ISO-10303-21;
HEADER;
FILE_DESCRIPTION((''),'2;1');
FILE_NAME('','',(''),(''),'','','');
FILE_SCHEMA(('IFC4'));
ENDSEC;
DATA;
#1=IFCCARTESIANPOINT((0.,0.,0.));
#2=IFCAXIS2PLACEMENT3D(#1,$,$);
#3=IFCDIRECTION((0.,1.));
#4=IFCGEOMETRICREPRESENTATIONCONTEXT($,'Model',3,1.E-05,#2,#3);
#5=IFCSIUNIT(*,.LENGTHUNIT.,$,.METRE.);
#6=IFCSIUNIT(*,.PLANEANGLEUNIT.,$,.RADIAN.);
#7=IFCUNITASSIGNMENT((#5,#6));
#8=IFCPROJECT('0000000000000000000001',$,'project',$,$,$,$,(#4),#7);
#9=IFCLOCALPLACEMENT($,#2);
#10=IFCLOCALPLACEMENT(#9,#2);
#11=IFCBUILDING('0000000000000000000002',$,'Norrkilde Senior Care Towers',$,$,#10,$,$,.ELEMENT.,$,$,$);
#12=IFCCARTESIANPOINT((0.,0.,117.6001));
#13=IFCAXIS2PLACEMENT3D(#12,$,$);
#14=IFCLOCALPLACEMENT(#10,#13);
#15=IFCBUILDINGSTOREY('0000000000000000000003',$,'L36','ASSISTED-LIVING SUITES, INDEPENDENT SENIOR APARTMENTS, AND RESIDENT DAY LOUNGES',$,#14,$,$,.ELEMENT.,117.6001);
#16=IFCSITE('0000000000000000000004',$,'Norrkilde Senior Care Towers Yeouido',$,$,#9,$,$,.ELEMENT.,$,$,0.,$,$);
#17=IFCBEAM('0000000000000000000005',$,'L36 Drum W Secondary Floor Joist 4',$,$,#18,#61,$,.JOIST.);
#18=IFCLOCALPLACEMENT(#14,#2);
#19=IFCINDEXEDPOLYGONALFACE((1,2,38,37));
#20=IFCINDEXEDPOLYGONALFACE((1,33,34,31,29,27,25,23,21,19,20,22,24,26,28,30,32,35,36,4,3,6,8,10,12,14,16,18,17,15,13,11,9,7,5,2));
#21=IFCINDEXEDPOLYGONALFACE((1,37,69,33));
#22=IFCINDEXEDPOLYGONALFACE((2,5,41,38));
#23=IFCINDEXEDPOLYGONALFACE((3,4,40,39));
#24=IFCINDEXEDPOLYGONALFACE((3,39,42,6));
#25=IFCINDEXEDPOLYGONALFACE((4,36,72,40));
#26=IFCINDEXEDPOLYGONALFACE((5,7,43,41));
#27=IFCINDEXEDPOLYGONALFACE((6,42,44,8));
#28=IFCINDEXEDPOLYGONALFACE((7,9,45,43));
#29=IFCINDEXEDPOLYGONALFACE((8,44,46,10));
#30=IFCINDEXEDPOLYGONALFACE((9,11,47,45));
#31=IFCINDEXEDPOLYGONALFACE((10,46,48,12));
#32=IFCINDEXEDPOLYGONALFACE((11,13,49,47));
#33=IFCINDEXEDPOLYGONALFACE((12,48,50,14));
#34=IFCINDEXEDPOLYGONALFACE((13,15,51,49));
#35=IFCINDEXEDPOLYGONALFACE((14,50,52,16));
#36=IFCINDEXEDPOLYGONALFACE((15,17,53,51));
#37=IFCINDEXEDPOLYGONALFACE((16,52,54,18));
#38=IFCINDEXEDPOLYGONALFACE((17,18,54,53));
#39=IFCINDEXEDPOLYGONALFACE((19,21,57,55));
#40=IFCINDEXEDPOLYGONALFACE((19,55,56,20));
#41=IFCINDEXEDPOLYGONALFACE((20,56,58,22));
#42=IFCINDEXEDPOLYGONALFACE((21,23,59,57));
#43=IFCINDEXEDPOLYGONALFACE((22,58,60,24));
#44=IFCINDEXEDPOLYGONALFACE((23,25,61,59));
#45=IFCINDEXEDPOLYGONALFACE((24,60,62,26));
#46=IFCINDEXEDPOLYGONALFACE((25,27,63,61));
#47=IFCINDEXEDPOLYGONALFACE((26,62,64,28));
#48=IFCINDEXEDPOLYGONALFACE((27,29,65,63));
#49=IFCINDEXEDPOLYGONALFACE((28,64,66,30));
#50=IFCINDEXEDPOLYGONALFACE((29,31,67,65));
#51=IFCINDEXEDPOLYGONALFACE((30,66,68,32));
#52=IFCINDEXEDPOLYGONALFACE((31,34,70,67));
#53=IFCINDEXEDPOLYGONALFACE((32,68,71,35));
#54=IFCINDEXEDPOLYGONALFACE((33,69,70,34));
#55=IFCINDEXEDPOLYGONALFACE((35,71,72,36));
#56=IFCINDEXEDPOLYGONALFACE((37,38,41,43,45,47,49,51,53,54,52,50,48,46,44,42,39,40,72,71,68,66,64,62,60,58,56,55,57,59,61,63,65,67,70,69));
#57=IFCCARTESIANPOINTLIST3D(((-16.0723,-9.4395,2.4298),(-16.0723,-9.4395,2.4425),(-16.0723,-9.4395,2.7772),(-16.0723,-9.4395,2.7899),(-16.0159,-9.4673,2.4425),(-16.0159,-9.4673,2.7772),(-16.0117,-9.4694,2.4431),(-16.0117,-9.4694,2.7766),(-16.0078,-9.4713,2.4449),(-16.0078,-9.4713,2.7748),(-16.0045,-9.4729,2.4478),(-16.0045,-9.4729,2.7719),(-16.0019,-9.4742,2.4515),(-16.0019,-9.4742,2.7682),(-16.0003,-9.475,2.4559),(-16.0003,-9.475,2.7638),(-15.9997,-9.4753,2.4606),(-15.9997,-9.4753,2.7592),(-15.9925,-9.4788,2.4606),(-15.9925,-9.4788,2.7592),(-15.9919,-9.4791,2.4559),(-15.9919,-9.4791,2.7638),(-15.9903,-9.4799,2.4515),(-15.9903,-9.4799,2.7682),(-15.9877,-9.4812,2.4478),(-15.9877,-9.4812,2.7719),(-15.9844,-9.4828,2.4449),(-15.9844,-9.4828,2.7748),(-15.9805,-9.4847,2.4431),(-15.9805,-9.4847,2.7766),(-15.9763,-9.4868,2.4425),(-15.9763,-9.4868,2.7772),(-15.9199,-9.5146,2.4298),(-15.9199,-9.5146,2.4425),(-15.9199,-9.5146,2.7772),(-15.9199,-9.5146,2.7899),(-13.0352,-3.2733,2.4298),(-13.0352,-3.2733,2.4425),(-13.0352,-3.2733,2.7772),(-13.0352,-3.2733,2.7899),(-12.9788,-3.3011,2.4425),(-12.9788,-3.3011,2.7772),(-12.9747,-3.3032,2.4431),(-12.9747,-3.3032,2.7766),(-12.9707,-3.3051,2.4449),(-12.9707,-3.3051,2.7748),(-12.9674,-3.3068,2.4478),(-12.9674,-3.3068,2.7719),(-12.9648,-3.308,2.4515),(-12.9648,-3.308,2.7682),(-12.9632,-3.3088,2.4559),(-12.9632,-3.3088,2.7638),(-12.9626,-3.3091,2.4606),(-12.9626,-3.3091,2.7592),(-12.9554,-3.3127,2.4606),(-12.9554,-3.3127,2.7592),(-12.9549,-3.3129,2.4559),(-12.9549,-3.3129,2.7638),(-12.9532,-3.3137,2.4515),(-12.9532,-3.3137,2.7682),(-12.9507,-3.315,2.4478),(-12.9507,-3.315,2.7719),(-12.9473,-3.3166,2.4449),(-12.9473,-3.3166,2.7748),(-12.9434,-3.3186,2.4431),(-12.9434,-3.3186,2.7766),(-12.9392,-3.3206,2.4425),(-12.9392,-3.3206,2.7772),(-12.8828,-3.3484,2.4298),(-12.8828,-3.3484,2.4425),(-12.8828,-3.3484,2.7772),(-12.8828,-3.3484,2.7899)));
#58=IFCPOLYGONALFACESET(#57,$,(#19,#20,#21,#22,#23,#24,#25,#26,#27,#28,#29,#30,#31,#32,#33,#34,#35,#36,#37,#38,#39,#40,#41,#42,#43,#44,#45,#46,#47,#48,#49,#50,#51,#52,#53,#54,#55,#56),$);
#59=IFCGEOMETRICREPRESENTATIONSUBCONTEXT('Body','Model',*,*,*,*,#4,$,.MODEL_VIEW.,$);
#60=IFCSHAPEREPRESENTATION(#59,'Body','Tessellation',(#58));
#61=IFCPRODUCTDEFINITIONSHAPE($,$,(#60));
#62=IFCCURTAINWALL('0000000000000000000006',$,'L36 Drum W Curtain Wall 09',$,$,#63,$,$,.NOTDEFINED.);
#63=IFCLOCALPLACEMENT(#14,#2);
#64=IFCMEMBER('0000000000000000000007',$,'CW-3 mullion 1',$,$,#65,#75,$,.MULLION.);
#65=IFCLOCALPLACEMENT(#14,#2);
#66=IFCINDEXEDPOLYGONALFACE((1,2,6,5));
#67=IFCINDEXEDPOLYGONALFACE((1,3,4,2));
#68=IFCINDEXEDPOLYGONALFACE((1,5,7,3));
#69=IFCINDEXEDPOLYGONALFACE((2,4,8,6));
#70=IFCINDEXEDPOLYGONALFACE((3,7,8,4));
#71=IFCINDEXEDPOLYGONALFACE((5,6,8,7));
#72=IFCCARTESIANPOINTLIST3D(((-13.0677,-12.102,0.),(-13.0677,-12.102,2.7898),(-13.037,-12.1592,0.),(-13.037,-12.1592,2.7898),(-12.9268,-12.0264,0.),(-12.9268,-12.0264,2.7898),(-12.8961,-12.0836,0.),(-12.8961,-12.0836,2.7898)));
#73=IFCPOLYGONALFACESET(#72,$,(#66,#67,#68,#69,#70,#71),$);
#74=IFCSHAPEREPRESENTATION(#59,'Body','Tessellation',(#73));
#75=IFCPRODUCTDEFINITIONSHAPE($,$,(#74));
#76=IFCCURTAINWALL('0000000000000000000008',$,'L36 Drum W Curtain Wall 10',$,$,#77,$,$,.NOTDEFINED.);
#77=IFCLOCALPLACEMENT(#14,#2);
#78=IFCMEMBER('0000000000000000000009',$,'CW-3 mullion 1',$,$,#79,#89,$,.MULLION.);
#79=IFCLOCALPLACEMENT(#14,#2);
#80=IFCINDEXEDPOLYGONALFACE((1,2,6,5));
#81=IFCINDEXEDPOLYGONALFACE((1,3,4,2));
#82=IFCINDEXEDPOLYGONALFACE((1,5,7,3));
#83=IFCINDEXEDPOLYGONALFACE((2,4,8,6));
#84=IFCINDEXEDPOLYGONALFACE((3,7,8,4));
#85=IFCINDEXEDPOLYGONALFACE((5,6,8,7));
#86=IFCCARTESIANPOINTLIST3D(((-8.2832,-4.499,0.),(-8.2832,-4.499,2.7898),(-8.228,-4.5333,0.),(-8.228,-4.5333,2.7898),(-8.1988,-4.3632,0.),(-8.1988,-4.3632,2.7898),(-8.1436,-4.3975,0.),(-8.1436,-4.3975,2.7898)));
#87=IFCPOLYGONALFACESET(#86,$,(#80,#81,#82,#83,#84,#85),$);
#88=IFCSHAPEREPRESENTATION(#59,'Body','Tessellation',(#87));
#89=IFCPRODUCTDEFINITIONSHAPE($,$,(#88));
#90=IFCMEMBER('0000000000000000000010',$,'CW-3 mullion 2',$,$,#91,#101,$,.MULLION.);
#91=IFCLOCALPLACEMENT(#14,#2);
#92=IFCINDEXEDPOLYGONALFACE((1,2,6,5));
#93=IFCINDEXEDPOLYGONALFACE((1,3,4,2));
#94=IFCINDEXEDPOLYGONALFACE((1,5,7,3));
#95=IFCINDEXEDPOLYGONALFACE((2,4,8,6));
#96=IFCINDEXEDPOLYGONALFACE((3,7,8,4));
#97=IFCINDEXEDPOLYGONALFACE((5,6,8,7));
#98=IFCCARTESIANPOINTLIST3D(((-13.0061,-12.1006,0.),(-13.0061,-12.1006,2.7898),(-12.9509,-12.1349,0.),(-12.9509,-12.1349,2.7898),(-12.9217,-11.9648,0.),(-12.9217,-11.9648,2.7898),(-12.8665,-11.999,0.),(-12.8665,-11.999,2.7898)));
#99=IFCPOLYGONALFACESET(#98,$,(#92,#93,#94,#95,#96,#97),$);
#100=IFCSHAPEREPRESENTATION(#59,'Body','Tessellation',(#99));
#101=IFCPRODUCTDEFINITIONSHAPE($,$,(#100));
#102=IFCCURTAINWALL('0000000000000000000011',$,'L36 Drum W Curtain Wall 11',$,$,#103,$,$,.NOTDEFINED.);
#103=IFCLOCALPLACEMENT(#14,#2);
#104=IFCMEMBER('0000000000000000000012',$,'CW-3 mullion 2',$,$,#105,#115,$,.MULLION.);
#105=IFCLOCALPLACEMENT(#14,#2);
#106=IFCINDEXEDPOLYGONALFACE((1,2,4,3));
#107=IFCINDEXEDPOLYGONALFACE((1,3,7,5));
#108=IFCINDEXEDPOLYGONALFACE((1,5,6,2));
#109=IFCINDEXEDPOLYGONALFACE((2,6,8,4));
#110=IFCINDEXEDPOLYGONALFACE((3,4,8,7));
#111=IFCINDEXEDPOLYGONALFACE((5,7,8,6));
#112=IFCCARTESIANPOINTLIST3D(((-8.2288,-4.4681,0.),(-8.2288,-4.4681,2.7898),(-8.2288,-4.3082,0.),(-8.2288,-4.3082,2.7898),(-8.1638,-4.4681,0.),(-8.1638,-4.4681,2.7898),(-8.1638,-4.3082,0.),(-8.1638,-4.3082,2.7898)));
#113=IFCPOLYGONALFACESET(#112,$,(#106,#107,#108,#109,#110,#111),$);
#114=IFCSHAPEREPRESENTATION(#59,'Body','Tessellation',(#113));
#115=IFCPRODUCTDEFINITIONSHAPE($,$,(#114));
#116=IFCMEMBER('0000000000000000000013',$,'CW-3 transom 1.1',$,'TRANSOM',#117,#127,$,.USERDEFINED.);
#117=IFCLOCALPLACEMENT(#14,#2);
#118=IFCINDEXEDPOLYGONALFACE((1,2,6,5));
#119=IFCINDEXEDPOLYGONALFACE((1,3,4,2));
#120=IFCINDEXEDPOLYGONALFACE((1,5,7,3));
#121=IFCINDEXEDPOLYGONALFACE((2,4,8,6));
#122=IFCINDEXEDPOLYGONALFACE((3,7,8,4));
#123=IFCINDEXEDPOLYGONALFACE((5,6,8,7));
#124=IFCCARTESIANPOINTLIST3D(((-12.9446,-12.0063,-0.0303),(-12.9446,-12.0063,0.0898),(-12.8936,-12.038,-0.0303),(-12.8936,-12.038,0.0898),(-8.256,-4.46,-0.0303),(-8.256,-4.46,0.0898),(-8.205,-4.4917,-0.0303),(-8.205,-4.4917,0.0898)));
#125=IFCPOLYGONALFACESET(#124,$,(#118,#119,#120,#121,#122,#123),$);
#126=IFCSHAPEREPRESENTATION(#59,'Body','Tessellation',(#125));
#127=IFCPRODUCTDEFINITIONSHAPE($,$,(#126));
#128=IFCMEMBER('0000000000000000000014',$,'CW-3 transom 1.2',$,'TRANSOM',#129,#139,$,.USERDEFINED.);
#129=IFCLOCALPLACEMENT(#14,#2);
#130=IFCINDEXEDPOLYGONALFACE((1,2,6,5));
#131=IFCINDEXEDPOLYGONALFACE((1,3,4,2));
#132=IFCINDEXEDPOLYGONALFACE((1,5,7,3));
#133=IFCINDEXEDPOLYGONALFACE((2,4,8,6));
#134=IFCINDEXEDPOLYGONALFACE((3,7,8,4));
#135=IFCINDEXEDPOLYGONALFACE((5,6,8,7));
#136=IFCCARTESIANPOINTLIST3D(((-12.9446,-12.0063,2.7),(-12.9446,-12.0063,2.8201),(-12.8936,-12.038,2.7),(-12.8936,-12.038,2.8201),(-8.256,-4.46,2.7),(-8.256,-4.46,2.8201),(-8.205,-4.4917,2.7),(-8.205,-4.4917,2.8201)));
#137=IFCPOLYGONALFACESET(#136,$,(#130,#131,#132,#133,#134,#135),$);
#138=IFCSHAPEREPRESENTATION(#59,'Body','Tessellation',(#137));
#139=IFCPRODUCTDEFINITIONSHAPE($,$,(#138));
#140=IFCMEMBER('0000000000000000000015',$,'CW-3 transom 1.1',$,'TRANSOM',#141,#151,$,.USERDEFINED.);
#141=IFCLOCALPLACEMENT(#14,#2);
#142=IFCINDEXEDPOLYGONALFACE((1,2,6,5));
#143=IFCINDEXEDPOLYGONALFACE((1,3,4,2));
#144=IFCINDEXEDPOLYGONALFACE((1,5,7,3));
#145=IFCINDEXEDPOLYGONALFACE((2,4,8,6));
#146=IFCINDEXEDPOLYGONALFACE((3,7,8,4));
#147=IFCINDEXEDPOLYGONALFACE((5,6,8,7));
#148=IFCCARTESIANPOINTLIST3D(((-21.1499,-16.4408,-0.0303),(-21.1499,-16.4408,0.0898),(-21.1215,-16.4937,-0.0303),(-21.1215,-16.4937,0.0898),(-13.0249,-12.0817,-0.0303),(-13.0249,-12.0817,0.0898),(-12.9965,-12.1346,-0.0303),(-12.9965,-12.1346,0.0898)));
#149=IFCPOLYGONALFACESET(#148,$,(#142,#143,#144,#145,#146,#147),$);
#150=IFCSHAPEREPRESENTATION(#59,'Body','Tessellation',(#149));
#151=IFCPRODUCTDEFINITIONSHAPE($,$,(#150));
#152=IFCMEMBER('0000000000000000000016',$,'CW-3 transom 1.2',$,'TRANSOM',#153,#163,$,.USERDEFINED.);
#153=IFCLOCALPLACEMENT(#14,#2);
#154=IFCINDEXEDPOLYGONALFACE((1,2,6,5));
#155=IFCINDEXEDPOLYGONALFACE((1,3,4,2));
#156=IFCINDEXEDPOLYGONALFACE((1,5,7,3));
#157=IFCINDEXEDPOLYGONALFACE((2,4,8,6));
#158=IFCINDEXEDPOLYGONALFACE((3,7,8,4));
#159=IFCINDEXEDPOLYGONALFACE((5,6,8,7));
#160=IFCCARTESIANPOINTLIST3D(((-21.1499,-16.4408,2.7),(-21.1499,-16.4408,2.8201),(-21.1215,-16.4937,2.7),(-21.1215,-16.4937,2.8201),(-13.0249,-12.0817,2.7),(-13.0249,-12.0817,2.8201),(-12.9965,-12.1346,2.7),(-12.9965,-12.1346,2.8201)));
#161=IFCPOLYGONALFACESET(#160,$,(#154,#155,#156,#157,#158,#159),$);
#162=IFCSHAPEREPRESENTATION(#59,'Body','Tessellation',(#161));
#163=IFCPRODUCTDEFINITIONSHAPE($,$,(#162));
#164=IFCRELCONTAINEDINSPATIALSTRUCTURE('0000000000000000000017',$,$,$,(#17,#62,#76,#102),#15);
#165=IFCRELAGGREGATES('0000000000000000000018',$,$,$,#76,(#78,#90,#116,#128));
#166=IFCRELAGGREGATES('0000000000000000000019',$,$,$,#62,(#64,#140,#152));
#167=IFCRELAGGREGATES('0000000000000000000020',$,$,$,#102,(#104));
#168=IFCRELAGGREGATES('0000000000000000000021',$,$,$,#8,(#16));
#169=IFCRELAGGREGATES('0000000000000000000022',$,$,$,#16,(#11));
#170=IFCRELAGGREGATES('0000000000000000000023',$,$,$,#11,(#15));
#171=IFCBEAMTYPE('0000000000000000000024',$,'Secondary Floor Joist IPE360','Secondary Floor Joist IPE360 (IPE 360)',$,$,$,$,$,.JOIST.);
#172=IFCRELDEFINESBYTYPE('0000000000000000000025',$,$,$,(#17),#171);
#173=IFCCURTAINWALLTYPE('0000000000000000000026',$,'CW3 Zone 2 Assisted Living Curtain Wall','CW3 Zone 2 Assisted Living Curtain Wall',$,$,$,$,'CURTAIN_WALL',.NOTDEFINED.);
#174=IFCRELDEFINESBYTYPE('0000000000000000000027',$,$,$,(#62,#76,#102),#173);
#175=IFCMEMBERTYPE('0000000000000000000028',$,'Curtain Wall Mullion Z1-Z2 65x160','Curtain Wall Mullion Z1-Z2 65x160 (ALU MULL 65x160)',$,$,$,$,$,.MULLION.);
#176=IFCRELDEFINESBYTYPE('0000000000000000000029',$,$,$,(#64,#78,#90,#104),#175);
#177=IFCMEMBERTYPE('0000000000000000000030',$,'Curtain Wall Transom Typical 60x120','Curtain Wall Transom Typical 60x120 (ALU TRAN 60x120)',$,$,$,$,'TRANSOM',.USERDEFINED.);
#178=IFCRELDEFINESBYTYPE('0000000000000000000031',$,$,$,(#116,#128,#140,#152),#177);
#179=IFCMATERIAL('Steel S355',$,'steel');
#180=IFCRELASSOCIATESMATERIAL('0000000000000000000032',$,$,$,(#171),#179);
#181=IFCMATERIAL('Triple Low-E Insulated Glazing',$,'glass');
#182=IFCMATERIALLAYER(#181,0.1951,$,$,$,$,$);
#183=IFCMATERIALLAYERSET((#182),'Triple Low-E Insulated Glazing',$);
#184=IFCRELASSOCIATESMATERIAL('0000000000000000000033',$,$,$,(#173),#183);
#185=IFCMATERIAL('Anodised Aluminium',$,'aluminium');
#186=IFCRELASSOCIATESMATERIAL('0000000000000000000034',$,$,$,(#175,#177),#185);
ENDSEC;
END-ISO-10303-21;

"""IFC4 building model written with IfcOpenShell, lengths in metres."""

from ifc_helpers import new_model, si_unit, direction, frame, origin, origin_2d, place, context, subcontext, project, spatial, rectangle, i_section, extrude, source, transform, mapped, material, layer, layer_set, material_profile, profile_set, type_object, type_shapes, element, aggregate, save


model = new_model("IFC4")

# Units and contexts
model_context = context("Model", 3, precision=1e-05, world=origin(), true_north=direction((0.0, 1.0)))
body_context = subcontext(model_context, "Body", "Model", "MODEL_VIEW")
ifc_project = project(units=[si_unit("LENGTHUNIT", "METRE"), si_unit("PLANEANGLEUNIT", "RADIAN")], contexts=[model_context])

# Site, building, storey
site_placement = place(None, origin())
site = spatial("IfcSite", under=ifc_project, at=site_placement, Name="Norrkilde Senior Care Towers Yeouido", CompositionType="ELEMENT", RefElevation=0.0)
building_placement = place(site_placement, origin())
building = spatial("IfcBuilding", under=site, at=building_placement, Name="Norrkilde Senior Care Towers", CompositionType="ELEMENT")
storey_placement = place(building_placement, frame((0.0, 0.0, 117.6001)))
storey = spatial("IfcBuildingStorey", under=building, at=storey_placement, Name="L36", Description="ASSISTED-LIVING SUITES, INDEPENDENT SENIOR APARTMENTS, AND RESIDENT DAY LOUNGES", CompositionType="ELEMENT", Elevation=117.6001)

# Beam
ifc_material_1 = material(Name="Steel S355", Category="steel")
ifc_material_profile_1 = material_profile(ifc_material_1, i_section(OverallWidth=0.1699, OverallDepth=0.3601, WebThickness=0.0081, FlangeThickness=0.0127, FilletRadius=0.0181, at=origin_2d()), Name="IPE 360")
ifc_profile_set_1 = profile_set([ifc_material_profile_1], Name="Steel S355")
beam_type_1 = type_object("IfcBeamType", Name="Secondary Floor Joist IPE360", Description="Secondary Floor Joist IPE360 (IPE 360)", PredefinedType="JOIST", material=ifc_profile_set_1)
shared_shape_1 = source(origin(), body_context, "Body", "SweptSolid", [
    extrude(i_section(OverallWidth=0.1699, OverallDepth=0.3601, WebThickness=0.0081, FlangeThickness=0.0127, FilletRadius=0.0181, at=origin_2d()), origin(), (0.0, 0.0, 1.0), 6.8735),
])
type_shapes(beam_type_1, [shared_shape_1])
beam_1_placement = place(storey_placement, frame((-15.9961, -9.4771, 2.6099), z_axis=(0.441849, 0.897089, 0.0), x_axis=(-0.897089, 0.441849, 0.0)))
element("IfcBeam", 1, at=beam_1_placement, inside=storey, type_object=beam_type_1, Name="L36 Drum W Secondary Floor Joist 4", PredefinedType="JOIST", context=body_context, shape_type="MappedRepresentation", body=[
    mapped(shared_shape_1, transform((0.0, 0.0, 0.0), x_axis=(1.0, 0.0, 0.0), y_axis=(0.0, 1.0, 0.0), z_axis=(0.0, 0.0, 1.0), scale=1.0)),
])

# Curtain wall, member
ifc_material_2 = material(Name="Triple Low-E Insulated Glazing", Category="glass")
ifc_layer_1 = layer(ifc_material_2, 0.1951)
ifc_layer_set_1 = layer_set([ifc_layer_1], Name="Triple Low-E Insulated Glazing")
curtain_wall_type = type_object("IfcCurtainWallType", Name="CW3 Zone 2 Assisted Living Curtain Wall", Description="CW3 Zone 2 Assisted Living Curtain Wall", ElementType="CURTAIN_WALL", PredefinedType="NOTDEFINED", material=ifc_layer_set_1)
curtain_wall_1_placement = place(storey_placement, origin())
curtain_wall_1 = element("IfcCurtainWall", 2, at=curtain_wall_1_placement, inside=storey, type_object=curtain_wall_type, Name="L36 Drum W Curtain Wall 09", PredefinedType="NOTDEFINED")
ifc_material_3 = material(Name="Anodised Aluminium", Category="aluminium")
ifc_material_profile_2 = material_profile(ifc_material_3, rectangle(XDim=0.0649, YDim=0.1599, at=origin_2d()), Name="ALU MULL 65x160")
ifc_profile_set_2 = profile_set([ifc_material_profile_2], Name="Anodised Aluminium")
member_type_1 = type_object("IfcMemberType", Name="Curtain Wall Mullion Z1-Z2 65x160", Description="Curtain Wall Mullion Z1-Z2 65x160 (ALU MULL 65x160)", PredefinedType="MULLION", material=ifc_profile_set_2)
shared_shape_2 = source(origin(), body_context, "Body", "SweptSolid", [
    extrude(rectangle(XDim=0.0649, YDim=0.1599, at=origin_2d()), origin(), (0.0, 0.0, 1.0), 2.7898),
])
type_shapes(member_type_1, [shared_shape_2])
member_1_placement = place(storey_placement, frame((-12.9819, -12.0928, 0.0), z_axis=(0.0, 0.0, 1.0), x_axis=(0.472769, -0.881186, 0.0)))
member_1 = element("IfcMember", 3, at=member_1_placement, type_object=member_type_1, Name="CW-3 mullion 1", PredefinedType="MULLION", context=body_context, shape_type="MappedRepresentation", body=[
    mapped(shared_shape_2, transform((0.0, 0.0, 0.0), x_axis=(1.0, 0.0, 0.0), y_axis=(0.0, 1.0, 0.0), z_axis=(0.0, 0.0, 1.0), scale=1.0)),
])

# Curtain wall, members
curtain_wall_2_placement = place(storey_placement, origin())
curtain_wall_2 = element("IfcCurtainWall", 4, at=curtain_wall_2_placement, inside=storey, type_object=curtain_wall_type, Name="L36 Drum W Curtain Wall 10", PredefinedType="NOTDEFINED")
member_2_placement = place(storey_placement, frame((-8.2134, -4.4482, 0.0), z_axis=(0.0, 0.0, 1.0), x_axis=(0.84941, -0.527733, 0.0)))
member_2 = element("IfcMember", 5, at=member_2_placement, type_object=member_type_1, Name="CW-3 mullion 1", PredefinedType="MULLION", context=body_context, shape_type="MappedRepresentation", body=[
    mapped(shared_shape_2, transform((0.0, 0.0, 0.0), x_axis=(1.0, 0.0, 0.0), y_axis=(0.0, 1.0, 0.0), z_axis=(0.0, 0.0, 1.0), scale=1.0)),
])
member_3_placement = place(storey_placement, frame((-12.9363, -12.0498, 0.0), z_axis=(0.0, 0.0, 1.0), x_axis=(0.84941, -0.527733, 0.0)))
member_3 = element("IfcMember", 6, at=member_3_placement, type_object=member_type_1, Name="CW-3 mullion 2", PredefinedType="MULLION", context=body_context, shape_type="MappedRepresentation", body=[
    mapped(shared_shape_2, transform((0.0, 0.0, 0.0), x_axis=(1.0, 0.0, 0.0), y_axis=(0.0, 1.0, 0.0), z_axis=(0.0, 0.0, 1.0), scale=1.0)),
])

# Curtain wall, member
curtain_wall_3_placement = place(storey_placement, origin())
curtain_wall_3 = element("IfcCurtainWall", 7, at=curtain_wall_3_placement, inside=storey, type_object=curtain_wall_type, Name="L36 Drum W Curtain Wall 11", PredefinedType="NOTDEFINED")
member_4_placement = place(storey_placement, frame((-8.1963, -4.3882, 0.0), z_axis=(0.0, 0.0, 1.0), x_axis=(1.0, 0.0, 0.0)))
member_4 = element("IfcMember", 8, at=member_4_placement, type_object=member_type_1, Name="CW-3 mullion 2", PredefinedType="MULLION", context=body_context, shape_type="MappedRepresentation", body=[
    mapped(shared_shape_2, transform((0.0, 0.0, 0.0), x_axis=(1.0, 0.0, 0.0), y_axis=(0.0, 1.0, 0.0), z_axis=(0.0, 0.0, 1.0), scale=1.0)),
])

# Members
ifc_material_profile_3 = material_profile(ifc_material_3, rectangle(XDim=0.0601, YDim=0.1201, at=origin_2d()), Name="ALU TRAN 60x120")
ifc_profile_set_3 = profile_set([ifc_material_profile_3], Name="Anodised Aluminium")
member_type_2 = type_object("IfcMemberType", Name="Curtain Wall Transom Typical 60x120", Description="Curtain Wall Transom Typical 60x120 (ALU TRAN 60x120)", ElementType="TRANSOM", PredefinedType="USERDEFINED", material=ifc_profile_set_3)
shared_shape_3 = source(origin(), body_context, "Body", "SweptSolid", [
    extrude(rectangle(XDim=0.0601, YDim=0.1201, at=origin_2d()), origin(), (0.0, 0.0, 1.0), 8.8843),
])
member_5_placement = place(storey_placement, frame((-8.2305, -4.4758, 0.0298), z_axis=(-0.527749, -0.8494, 0.0), x_axis=(0.8494, -0.527749, 0.0)))
member_5 = element("IfcMember", 9, at=member_5_placement, type_object=member_type_2, Name="CW-3 transom 1.1", ObjectType="TRANSOM", PredefinedType="USERDEFINED", context=body_context, shape_type="MappedRepresentation", body=[
    mapped(shared_shape_3, transform((0.0, 0.0, 0.0), x_axis=(1.0, 0.0, 0.0), y_axis=(0.0, 1.0, 0.0), z_axis=(0.0, 0.0, 1.0), scale=1.0)),
])
member_6_placement = place(storey_placement, frame((-8.2305, -4.4758, 2.76), z_axis=(-0.527749, -0.8494, 0.0), x_axis=(0.8494, -0.527749, 0.0)))
member_6 = element("IfcMember", 10, at=member_6_placement, type_object=member_type_2, Name="CW-3 transom 1.2", ObjectType="TRANSOM", PredefinedType="USERDEFINED", context=body_context, shape_type="MappedRepresentation", body=[
    mapped(shared_shape_3, transform((0.0, 0.0, 0.0), x_axis=(1.0, 0.0, 0.0), y_axis=(0.0, 1.0, 0.0), z_axis=(0.0, 0.0, 1.0), scale=1.0)),
])
shared_shape_4 = source(origin(), body_context, "Body", "SweptSolid", [
    extrude(rectangle(XDim=0.0601, YDim=0.1201, at=origin_2d()), origin(), (0.0, 0.0, 1.0), 9.2205),
])
type_shapes(member_type_2, [shared_shape_3, shared_shape_4])
member_7_placement = place(storey_placement, frame((-13.0107, -12.1082, 0.0298), z_axis=(-0.881189, -0.472765, 0.0), x_axis=(0.472765, -0.881189, 0.0)))
member_7 = element("IfcMember", 11, at=member_7_placement, type_object=member_type_2, Name="CW-3 transom 1.1", ObjectType="TRANSOM", PredefinedType="USERDEFINED", context=body_context, shape_type="MappedRepresentation", body=[
    mapped(shared_shape_4, transform((0.0, 0.0, 0.0), x_axis=(1.0, 0.0, 0.0), y_axis=(0.0, 1.0, 0.0), z_axis=(0.0, 0.0, 1.0), scale=1.0)),
])
member_8_placement = place(storey_placement, frame((-13.0107, -12.1082, 2.76), z_axis=(-0.881189, -0.472765, 0.0), x_axis=(0.472765, -0.881189, 0.0)))
member_8 = element("IfcMember", 12, at=member_8_placement, type_object=member_type_2, Name="CW-3 transom 1.2", ObjectType="TRANSOM", PredefinedType="USERDEFINED", context=body_context, shape_type="MappedRepresentation", body=[
    mapped(shared_shape_4, transform((0.0, 0.0, 0.0), x_axis=(1.0, 0.0, 0.0), y_axis=(0.0, 1.0, 0.0), z_axis=(0.0, 0.0, 1.0), scale=1.0)),
])

aggregate(curtain_wall_2, [member_2, member_3, member_5, member_6])
aggregate(curtain_wall_1, [member_1, member_7, member_8])
aggregate(curtain_wall_3, [member_4])

save(model, "model.ifc")
